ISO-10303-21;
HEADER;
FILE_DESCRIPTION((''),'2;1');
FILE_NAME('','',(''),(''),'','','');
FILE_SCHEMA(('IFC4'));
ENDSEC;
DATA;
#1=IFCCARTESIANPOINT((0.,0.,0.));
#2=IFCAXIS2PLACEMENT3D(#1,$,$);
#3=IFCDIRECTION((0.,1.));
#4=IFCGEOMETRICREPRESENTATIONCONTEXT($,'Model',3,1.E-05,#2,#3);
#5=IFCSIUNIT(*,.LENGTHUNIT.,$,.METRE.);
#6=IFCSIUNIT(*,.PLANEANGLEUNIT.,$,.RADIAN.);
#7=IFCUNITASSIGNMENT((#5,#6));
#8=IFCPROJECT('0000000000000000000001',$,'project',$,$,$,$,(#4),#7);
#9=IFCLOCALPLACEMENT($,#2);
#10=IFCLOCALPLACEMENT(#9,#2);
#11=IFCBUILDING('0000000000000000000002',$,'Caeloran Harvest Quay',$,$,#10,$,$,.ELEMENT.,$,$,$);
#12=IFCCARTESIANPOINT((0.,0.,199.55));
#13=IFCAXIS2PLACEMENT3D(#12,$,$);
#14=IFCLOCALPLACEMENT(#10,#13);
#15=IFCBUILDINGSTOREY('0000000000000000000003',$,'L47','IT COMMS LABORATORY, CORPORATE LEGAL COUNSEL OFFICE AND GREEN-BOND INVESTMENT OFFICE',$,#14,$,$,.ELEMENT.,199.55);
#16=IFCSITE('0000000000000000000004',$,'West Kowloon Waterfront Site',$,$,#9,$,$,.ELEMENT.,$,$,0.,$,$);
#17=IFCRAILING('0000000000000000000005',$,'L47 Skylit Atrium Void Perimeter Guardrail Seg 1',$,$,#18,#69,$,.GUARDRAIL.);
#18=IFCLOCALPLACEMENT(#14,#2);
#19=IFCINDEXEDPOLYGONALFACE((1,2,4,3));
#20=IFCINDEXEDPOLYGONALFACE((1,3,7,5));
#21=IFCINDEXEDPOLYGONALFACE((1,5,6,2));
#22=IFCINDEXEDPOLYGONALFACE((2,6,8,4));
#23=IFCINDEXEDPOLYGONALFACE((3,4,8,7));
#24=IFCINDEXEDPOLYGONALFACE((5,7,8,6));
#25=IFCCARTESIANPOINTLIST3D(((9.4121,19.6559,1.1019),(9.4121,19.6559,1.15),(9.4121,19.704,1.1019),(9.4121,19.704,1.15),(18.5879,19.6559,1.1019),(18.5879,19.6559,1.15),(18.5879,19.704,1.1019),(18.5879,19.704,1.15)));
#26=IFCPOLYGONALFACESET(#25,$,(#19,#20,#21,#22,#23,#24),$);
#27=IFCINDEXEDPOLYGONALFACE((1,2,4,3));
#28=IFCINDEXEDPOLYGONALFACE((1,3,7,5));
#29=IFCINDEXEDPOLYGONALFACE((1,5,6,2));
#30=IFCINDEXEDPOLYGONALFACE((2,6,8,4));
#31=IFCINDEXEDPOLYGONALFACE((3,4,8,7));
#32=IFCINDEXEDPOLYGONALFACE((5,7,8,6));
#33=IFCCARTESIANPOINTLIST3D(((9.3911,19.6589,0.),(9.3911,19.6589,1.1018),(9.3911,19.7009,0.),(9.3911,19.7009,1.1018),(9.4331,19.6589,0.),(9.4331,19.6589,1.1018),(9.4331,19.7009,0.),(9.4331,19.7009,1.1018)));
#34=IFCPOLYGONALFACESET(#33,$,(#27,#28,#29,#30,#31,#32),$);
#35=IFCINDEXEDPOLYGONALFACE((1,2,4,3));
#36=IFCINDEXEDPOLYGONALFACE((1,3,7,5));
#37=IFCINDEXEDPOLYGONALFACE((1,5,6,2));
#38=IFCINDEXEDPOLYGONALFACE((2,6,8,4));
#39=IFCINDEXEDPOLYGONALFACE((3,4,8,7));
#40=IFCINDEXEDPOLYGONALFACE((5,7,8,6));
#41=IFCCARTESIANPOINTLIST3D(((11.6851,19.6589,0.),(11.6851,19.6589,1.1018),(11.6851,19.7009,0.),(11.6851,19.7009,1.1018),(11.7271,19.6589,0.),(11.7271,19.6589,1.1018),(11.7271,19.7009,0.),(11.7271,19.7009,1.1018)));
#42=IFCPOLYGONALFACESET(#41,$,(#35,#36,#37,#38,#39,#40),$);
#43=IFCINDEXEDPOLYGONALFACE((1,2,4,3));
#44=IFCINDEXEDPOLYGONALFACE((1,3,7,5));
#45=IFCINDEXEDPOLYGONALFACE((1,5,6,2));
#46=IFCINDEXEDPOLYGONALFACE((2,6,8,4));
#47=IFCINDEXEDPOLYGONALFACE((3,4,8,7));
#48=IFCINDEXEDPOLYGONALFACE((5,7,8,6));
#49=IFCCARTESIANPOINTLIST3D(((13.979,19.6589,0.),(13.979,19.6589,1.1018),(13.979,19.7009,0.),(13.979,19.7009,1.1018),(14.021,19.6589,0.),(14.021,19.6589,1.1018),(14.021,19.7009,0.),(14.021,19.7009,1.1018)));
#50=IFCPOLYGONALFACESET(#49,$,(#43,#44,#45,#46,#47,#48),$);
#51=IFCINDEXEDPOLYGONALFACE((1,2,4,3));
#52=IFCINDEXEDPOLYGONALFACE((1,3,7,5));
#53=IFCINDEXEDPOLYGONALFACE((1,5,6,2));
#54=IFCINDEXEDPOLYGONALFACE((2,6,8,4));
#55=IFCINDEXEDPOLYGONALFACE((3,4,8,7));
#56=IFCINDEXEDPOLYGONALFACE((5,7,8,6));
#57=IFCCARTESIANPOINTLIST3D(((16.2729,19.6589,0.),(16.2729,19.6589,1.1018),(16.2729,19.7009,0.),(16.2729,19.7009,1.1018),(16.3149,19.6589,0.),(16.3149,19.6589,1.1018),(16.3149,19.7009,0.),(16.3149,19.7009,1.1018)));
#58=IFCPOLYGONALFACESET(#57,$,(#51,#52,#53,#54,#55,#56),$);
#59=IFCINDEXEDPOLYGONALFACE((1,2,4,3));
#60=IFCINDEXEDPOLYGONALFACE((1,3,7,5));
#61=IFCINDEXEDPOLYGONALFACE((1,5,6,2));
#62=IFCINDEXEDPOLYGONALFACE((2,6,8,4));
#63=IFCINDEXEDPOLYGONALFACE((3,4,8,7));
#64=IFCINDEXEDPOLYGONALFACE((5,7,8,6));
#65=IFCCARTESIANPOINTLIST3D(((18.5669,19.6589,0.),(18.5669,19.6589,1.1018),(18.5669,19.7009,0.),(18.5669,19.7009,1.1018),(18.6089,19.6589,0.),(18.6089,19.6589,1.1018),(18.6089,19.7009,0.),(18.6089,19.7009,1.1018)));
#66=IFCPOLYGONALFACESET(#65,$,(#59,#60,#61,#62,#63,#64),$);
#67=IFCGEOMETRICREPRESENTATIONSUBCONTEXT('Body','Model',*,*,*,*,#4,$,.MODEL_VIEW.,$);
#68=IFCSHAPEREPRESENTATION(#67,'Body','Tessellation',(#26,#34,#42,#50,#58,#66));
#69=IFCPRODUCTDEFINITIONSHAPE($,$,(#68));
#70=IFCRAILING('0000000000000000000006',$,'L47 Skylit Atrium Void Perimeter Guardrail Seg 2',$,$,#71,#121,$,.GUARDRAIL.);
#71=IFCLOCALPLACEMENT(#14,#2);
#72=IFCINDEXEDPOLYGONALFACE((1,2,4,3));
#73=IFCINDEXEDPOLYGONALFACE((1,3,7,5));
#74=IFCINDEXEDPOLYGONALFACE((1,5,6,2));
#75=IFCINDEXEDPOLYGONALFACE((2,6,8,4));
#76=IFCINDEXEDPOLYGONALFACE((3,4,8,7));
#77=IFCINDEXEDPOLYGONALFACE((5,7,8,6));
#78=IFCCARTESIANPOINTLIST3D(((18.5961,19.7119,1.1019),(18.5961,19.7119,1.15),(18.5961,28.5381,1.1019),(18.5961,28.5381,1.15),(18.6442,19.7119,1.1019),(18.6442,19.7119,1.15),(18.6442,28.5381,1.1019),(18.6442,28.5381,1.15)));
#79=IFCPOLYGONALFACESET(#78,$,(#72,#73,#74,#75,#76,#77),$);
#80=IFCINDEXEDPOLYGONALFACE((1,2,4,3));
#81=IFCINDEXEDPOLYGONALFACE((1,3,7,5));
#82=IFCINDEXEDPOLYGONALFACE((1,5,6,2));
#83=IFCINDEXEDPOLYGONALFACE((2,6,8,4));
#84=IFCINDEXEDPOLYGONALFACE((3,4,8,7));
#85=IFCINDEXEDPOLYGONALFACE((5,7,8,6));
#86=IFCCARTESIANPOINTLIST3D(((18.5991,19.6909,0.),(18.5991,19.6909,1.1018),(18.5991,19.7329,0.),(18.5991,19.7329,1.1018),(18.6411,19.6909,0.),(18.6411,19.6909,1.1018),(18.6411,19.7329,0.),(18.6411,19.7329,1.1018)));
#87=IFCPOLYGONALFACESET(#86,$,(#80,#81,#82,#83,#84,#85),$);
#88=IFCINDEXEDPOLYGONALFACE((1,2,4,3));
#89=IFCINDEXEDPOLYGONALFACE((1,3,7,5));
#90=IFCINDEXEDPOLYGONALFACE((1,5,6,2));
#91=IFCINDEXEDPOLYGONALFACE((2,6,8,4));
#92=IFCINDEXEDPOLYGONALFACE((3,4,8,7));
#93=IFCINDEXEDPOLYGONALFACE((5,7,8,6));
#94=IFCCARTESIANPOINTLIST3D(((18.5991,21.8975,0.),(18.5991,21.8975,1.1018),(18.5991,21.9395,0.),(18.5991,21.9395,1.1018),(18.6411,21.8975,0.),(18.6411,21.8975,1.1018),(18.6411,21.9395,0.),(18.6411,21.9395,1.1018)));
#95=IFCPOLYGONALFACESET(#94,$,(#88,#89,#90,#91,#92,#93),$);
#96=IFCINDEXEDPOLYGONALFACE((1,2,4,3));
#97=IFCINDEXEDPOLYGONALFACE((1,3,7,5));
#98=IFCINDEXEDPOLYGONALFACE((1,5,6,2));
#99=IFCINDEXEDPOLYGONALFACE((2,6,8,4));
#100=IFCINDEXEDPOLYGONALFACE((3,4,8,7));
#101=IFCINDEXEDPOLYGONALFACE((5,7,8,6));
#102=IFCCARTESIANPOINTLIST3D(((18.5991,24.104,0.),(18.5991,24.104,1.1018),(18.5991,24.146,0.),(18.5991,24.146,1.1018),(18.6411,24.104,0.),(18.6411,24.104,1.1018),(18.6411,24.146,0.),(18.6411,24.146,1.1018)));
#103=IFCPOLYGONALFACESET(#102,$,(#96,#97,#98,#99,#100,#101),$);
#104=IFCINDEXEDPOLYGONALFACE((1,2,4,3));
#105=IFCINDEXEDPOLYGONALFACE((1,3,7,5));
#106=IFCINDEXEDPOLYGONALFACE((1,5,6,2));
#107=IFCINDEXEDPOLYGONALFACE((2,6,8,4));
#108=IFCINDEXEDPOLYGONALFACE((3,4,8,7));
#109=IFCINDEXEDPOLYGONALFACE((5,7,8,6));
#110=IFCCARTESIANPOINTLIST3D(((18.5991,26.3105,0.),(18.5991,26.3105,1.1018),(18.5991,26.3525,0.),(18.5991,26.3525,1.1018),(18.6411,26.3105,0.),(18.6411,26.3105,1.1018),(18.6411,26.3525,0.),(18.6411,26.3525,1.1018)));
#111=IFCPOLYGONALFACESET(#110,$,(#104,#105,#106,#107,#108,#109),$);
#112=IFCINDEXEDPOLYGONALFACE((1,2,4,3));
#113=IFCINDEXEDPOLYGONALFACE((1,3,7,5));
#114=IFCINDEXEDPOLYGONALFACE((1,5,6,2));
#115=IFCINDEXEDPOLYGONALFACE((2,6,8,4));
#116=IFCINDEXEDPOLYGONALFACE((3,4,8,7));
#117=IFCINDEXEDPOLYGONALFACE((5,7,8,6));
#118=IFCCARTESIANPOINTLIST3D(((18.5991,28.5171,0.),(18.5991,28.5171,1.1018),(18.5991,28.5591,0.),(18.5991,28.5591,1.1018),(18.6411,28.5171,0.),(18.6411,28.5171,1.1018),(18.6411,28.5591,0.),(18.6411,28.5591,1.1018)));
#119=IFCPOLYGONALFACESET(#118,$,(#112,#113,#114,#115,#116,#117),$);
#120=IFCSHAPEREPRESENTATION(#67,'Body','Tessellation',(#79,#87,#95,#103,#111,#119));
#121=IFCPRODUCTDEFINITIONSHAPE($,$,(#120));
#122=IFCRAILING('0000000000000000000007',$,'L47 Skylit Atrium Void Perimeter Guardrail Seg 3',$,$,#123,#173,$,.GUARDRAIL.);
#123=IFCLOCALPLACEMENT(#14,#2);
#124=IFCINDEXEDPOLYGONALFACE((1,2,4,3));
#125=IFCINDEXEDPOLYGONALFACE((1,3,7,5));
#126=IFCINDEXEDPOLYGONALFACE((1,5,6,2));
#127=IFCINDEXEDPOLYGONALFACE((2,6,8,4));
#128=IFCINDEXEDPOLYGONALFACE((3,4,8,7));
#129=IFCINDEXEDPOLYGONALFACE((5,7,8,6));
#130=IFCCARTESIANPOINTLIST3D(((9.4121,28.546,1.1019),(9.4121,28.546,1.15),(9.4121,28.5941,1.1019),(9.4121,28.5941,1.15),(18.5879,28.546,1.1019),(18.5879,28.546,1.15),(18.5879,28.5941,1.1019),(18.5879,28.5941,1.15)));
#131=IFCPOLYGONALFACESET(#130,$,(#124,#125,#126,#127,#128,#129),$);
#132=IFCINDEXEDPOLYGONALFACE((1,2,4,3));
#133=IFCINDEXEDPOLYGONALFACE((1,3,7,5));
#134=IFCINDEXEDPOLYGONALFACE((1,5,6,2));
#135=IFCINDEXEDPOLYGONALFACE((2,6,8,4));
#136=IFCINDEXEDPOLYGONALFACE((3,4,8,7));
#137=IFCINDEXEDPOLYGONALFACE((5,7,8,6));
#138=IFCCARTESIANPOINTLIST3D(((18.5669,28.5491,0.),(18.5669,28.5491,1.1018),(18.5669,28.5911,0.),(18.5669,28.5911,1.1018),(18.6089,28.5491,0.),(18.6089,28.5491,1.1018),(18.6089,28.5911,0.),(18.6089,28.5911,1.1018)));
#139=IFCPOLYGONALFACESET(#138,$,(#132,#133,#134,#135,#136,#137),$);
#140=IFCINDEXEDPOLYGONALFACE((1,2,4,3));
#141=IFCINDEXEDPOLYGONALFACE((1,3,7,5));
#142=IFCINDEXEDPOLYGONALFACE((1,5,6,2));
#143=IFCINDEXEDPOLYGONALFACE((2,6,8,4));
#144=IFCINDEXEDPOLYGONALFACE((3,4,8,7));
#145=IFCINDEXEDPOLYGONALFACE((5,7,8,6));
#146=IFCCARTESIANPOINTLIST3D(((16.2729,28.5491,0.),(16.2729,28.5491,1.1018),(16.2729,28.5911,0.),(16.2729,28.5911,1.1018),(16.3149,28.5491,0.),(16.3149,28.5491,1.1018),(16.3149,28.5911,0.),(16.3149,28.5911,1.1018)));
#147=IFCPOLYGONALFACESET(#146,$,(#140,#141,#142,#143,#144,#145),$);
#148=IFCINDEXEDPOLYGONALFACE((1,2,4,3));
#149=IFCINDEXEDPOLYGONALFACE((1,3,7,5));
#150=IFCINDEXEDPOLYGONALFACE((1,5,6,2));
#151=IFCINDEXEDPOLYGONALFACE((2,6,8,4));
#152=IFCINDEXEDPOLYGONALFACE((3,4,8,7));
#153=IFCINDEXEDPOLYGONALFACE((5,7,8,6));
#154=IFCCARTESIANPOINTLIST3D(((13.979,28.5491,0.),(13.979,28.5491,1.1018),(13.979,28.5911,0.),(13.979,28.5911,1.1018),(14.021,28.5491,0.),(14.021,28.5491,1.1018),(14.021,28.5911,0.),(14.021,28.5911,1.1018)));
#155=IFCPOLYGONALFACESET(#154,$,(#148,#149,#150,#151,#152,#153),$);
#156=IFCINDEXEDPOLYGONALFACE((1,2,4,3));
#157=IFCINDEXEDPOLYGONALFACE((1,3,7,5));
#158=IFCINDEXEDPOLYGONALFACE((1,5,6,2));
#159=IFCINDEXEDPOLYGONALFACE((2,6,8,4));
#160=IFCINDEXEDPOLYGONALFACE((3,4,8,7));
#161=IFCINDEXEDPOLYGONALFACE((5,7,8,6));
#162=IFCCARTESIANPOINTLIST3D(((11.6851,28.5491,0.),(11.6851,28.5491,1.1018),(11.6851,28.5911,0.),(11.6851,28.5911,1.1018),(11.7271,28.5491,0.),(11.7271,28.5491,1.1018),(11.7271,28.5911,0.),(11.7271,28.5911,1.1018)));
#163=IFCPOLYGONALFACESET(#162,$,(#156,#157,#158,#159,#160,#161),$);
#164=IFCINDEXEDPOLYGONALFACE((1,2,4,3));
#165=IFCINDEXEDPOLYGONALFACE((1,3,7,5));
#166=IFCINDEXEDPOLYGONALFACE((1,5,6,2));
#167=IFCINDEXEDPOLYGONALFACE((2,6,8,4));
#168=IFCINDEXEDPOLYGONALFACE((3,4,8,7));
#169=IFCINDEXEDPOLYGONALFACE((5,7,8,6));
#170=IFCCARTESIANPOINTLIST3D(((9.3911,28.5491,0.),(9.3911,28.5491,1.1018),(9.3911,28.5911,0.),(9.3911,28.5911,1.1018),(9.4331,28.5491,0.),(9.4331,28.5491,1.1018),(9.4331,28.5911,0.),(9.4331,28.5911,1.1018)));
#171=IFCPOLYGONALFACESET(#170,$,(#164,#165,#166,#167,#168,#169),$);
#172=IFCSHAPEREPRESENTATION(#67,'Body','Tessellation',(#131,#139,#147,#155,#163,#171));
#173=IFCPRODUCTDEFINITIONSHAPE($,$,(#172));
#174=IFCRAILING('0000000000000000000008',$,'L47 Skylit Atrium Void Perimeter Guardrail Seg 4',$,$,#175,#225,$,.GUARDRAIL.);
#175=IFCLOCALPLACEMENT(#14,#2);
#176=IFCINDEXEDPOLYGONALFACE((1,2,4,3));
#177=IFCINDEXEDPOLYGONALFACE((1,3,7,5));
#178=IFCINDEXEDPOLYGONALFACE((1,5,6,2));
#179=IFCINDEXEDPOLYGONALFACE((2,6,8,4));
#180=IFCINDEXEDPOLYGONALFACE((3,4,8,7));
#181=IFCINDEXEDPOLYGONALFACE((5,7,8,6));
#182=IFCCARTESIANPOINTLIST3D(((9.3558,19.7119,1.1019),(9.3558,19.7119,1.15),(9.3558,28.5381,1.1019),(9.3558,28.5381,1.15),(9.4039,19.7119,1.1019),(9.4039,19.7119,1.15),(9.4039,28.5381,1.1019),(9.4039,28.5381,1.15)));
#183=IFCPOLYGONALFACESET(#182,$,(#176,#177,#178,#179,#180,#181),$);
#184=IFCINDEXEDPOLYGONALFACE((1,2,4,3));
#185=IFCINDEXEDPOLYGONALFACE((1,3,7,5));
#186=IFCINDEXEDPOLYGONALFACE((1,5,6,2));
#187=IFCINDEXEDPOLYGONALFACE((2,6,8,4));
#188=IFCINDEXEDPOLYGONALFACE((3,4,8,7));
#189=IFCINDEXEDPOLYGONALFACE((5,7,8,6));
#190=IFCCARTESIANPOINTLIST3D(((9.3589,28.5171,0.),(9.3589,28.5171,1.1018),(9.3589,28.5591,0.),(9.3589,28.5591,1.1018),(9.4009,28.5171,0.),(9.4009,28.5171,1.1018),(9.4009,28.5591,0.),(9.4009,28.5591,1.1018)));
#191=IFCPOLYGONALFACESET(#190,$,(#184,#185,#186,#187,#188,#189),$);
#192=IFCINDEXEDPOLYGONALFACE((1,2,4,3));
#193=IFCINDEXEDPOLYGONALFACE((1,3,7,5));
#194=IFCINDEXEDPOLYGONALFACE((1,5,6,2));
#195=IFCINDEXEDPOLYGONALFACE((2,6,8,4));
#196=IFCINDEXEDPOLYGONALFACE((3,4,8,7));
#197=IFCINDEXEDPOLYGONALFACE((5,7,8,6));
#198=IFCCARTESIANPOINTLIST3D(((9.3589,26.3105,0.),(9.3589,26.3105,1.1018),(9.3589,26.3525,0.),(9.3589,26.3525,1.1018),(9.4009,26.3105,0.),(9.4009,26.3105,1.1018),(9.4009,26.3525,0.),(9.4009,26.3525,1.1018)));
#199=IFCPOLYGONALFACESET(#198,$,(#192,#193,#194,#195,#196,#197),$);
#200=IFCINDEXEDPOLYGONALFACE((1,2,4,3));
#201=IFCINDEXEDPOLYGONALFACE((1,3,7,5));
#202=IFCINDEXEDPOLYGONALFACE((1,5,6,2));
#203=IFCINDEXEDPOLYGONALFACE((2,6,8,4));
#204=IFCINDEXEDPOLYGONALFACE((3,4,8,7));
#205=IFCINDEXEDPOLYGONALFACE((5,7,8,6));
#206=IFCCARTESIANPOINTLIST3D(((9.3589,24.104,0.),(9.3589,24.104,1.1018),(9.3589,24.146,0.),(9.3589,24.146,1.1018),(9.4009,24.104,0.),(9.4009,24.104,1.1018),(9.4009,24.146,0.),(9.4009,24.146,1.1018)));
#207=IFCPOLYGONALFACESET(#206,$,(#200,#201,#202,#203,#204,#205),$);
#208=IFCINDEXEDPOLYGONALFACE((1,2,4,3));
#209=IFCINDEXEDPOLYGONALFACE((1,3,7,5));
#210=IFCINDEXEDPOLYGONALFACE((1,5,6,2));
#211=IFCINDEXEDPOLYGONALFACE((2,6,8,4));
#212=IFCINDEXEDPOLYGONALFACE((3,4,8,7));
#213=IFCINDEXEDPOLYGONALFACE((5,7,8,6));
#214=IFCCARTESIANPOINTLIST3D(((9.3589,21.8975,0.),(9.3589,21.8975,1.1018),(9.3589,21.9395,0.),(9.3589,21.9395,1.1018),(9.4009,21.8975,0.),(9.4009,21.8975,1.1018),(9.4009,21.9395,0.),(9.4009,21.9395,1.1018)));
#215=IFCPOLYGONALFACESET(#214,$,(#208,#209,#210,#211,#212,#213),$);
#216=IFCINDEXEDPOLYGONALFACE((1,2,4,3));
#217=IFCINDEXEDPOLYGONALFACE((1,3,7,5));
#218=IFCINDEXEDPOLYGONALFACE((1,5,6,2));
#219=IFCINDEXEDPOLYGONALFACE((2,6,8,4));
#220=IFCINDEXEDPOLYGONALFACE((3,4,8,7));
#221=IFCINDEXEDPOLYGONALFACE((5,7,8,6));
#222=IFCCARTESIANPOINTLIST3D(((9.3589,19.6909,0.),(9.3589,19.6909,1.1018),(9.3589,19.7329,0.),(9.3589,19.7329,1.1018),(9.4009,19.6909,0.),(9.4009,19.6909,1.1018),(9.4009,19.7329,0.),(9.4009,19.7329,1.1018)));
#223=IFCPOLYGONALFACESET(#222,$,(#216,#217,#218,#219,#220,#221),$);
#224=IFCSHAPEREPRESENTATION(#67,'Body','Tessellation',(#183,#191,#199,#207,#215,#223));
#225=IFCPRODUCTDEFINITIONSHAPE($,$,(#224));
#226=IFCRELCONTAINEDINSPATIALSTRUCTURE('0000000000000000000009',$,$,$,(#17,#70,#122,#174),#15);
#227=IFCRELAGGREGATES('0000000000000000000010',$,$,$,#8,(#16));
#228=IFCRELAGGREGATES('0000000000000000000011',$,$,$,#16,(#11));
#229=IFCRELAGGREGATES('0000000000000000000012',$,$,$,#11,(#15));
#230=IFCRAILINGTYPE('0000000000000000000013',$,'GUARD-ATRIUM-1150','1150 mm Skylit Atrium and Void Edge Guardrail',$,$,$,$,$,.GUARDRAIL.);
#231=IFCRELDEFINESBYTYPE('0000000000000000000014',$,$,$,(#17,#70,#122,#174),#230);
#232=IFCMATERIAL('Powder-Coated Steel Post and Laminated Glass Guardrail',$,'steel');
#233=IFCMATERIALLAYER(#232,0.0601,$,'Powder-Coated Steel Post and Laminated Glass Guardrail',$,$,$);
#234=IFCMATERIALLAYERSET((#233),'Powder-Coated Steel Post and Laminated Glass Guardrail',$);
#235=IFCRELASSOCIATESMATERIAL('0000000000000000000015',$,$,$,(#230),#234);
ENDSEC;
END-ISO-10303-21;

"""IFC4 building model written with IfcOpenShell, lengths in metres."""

from ifc_helpers import new_model, si_unit, direction, frame, origin, origin_2d, place, context, subcontext, project, spatial, rectangle, extrude, material, layer, layer_set, type_object, element, save


model = new_model("IFC4")

# Units and contexts
model_context = context("Model", 3, precision=1e-05, world=origin(), true_north=direction((0.0, 1.0)))
body_context = subcontext(model_context, "Body", "Model", "MODEL_VIEW")
ifc_project = project(units=[si_unit("LENGTHUNIT", "METRE"), si_unit("PLANEANGLEUNIT", "RADIAN")], contexts=[model_context])

# Site, building, storey
site_placement = place(None, origin())
site = spatial("IfcSite", under=ifc_project, at=site_placement, Name="West Kowloon Waterfront Site", CompositionType="ELEMENT", RefElevation=0.0)
building_placement = place(site_placement, origin())
building = spatial("IfcBuilding", under=site, at=building_placement, Name="Caeloran Harvest Quay", CompositionType="ELEMENT")
storey_placement = place(building_placement, frame((0.0, 0.0, 199.55)))
storey = spatial("IfcBuildingStorey", under=building, at=storey_placement, Name="L47", Description="IT COMMS LABORATORY, CORPORATE LEGAL COUNSEL OFFICE AND GREEN-BOND INVESTMENT OFFICE", CompositionType="ELEMENT", Elevation=199.55)

# Railings
ifc_material_1 = material(Name="Powder-Coated Steel Post and Laminated Glass Guardrail", Category="steel")
ifc_layer_1 = layer(ifc_material_1, 0.0601, Name="Powder-Coated Steel Post and Laminated Glass Guardrail")
ifc_layer_set_1 = layer_set([ifc_layer_1], Name="Powder-Coated Steel Post and Laminated Glass Guardrail")
railing_type = type_object("IfcRailingType", Name="GUARD-ATRIUM-1150", Description="1150 mm Skylit Atrium and Void Edge Guardrail", PredefinedType="GUARDRAIL", material=ifc_layer_set_1)
railing_1_placement = place(storey_placement, frame((9.4121, 19.6799, 0.0)))
element("IfcRailing", 1, at=railing_1_placement, inside=storey, type_object=railing_type, Name="L47 Skylit Atrium Void Perimeter Guardrail Seg 1", PredefinedType="GUARDRAIL", context=body_context, shape_type="SweptSolid", body=[
    extrude(rectangle(XDim=0.0481, YDim=0.0481, at=origin_2d()), frame((0.0, 0.0, 1.126), z_axis=(1.0, 0.0, 0.0), x_axis=(0.0, 1.0, 0.0)), (0.0, 0.0, 1.0), 9.1758),
    extrude(rectangle(XDim=0.042, YDim=0.042, at=origin_2d()), origin(), (0.0, 0.0, 1.0), 1.1018),
    extrude(rectangle(XDim=0.042, YDim=0.042, at=origin_2d()), frame((2.2939, 0.0, 0.0)), (0.0, 0.0, 1.0), 1.1018),
    extrude(rectangle(XDim=0.042, YDim=0.042, at=origin_2d()), frame((4.5879, 0.0, 0.0)), (0.0, 0.0, 1.0), 1.1018),
    extrude(rectangle(XDim=0.042, YDim=0.042, at=origin_2d()), frame((6.8818, 0.0, 0.0)), (0.0, 0.0, 1.0), 1.1018),
    extrude(rectangle(XDim=0.042, YDim=0.042, at=origin_2d()), frame((9.1758, 0.0, 0.0)), (0.0, 0.0, 1.0), 1.1018),
])
railing_2_placement = place(storey_placement, frame((18.6201, 19.7119, 0.0)))
element("IfcRailing", 2, at=railing_2_placement, inside=storey, type_object=railing_type, Name="L47 Skylit Atrium Void Perimeter Guardrail Seg 2", PredefinedType="GUARDRAIL", context=body_context, shape_type="SweptSolid", body=[
    extrude(rectangle(XDim=0.0481, YDim=0.0481, at=origin_2d()), frame((0.0, 0.0, 1.126), z_axis=(0.0, 1.0, 0.0), x_axis=(-1.0, 0.0, 0.0)), (0.0, 0.0, 1.0), 8.8262),
    extrude(rectangle(XDim=0.042, YDim=0.042, at=origin_2d()), origin(), (0.0, 0.0, 1.0), 1.1018),
    extrude(rectangle(XDim=0.042, YDim=0.042, at=origin_2d()), frame((0.0, 2.2065, 0.0)), (0.0, 0.0, 1.0), 1.1018),
    extrude(rectangle(XDim=0.042, YDim=0.042, at=origin_2d()), frame((0.0, 4.4131, 0.0)), (0.0, 0.0, 1.0), 1.1018),
    extrude(rectangle(XDim=0.042, YDim=0.042, at=origin_2d()), frame((0.0, 6.6196, 0.0)), (0.0, 0.0, 1.0), 1.1018),
    extrude(rectangle(XDim=0.042, YDim=0.042, at=origin_2d()), frame((0.0, 8.8262, 0.0)), (0.0, 0.0, 1.0), 1.1018),
])
railing_3_placement = place(storey_placement, frame((18.5879, 28.5701, 0.0)))
element("IfcRailing", 3, at=railing_3_placement, inside=storey, type_object=railing_type, Name="L47 Skylit Atrium Void Perimeter Guardrail Seg 3", PredefinedType="GUARDRAIL", context=body_context, shape_type="SweptSolid", body=[
    extrude(rectangle(XDim=0.0481, YDim=0.0481, at=origin_2d()), frame((0.0, 0.0, 1.126), z_axis=(-1.0, 0.0, 0.0), x_axis=(0.0, -1.0, 0.0)), (0.0, 0.0, 1.0), 9.1758),
    extrude(rectangle(XDim=0.042, YDim=0.042, at=origin_2d()), origin(), (0.0, 0.0, 1.0), 1.1018),
    extrude(rectangle(XDim=0.042, YDim=0.042, at=origin_2d()), frame((-2.2939, 0.0, 0.0)), (0.0, 0.0, 1.0), 1.1018),
    extrude(rectangle(XDim=0.042, YDim=0.042, at=origin_2d()), frame((-4.5879, 0.0, 0.0)), (0.0, 0.0, 1.0), 1.1018),
    extrude(rectangle(XDim=0.042, YDim=0.042, at=origin_2d()), frame((-6.8818, 0.0, 0.0)), (0.0, 0.0, 1.0), 1.1018),
    extrude(rectangle(XDim=0.042, YDim=0.042, at=origin_2d()), frame((-9.1758, 0.0, 0.0)), (0.0, 0.0, 1.0), 1.1018),
])
railing_4_placement = place(storey_placement, frame((9.3799, 28.5381, 0.0)))
element("IfcRailing", 4, at=railing_4_placement, inside=storey, type_object=railing_type, Name="L47 Skylit Atrium Void Perimeter Guardrail Seg 4", PredefinedType="GUARDRAIL", context=body_context, shape_type="SweptSolid", body=[
    extrude(rectangle(XDim=0.0481, YDim=0.0481, at=origin_2d()), frame((0.0, 0.0, 1.126), z_axis=(0.0, -1.0, 0.0), x_axis=(1.0, 0.0, 0.0)), (0.0, 0.0, 1.0), 8.8262),
    extrude(rectangle(XDim=0.042, YDim=0.042, at=origin_2d()), origin(), (0.0, 0.0, 1.0), 1.1018),
    extrude(rectangle(XDim=0.042, YDim=0.042, at=origin_2d()), frame((0.0, -2.2065, 0.0)), (0.0, 0.0, 1.0), 1.1018),
    extrude(rectangle(XDim=0.042, YDim=0.042, at=origin_2d()), frame((0.0, -4.4131, 0.0)), (0.0, 0.0, 1.0), 1.1018),
    extrude(rectangle(XDim=0.042, YDim=0.042, at=origin_2d()), frame((0.0, -6.6196, 0.0)), (0.0, 0.0, 1.0), 1.1018),
    extrude(rectangle(XDim=0.042, YDim=0.042, at=origin_2d()), frame((0.0, -8.8262, 0.0)), (0.0, 0.0, 1.0), 1.1018),
])

save(model, "model.ifc")
